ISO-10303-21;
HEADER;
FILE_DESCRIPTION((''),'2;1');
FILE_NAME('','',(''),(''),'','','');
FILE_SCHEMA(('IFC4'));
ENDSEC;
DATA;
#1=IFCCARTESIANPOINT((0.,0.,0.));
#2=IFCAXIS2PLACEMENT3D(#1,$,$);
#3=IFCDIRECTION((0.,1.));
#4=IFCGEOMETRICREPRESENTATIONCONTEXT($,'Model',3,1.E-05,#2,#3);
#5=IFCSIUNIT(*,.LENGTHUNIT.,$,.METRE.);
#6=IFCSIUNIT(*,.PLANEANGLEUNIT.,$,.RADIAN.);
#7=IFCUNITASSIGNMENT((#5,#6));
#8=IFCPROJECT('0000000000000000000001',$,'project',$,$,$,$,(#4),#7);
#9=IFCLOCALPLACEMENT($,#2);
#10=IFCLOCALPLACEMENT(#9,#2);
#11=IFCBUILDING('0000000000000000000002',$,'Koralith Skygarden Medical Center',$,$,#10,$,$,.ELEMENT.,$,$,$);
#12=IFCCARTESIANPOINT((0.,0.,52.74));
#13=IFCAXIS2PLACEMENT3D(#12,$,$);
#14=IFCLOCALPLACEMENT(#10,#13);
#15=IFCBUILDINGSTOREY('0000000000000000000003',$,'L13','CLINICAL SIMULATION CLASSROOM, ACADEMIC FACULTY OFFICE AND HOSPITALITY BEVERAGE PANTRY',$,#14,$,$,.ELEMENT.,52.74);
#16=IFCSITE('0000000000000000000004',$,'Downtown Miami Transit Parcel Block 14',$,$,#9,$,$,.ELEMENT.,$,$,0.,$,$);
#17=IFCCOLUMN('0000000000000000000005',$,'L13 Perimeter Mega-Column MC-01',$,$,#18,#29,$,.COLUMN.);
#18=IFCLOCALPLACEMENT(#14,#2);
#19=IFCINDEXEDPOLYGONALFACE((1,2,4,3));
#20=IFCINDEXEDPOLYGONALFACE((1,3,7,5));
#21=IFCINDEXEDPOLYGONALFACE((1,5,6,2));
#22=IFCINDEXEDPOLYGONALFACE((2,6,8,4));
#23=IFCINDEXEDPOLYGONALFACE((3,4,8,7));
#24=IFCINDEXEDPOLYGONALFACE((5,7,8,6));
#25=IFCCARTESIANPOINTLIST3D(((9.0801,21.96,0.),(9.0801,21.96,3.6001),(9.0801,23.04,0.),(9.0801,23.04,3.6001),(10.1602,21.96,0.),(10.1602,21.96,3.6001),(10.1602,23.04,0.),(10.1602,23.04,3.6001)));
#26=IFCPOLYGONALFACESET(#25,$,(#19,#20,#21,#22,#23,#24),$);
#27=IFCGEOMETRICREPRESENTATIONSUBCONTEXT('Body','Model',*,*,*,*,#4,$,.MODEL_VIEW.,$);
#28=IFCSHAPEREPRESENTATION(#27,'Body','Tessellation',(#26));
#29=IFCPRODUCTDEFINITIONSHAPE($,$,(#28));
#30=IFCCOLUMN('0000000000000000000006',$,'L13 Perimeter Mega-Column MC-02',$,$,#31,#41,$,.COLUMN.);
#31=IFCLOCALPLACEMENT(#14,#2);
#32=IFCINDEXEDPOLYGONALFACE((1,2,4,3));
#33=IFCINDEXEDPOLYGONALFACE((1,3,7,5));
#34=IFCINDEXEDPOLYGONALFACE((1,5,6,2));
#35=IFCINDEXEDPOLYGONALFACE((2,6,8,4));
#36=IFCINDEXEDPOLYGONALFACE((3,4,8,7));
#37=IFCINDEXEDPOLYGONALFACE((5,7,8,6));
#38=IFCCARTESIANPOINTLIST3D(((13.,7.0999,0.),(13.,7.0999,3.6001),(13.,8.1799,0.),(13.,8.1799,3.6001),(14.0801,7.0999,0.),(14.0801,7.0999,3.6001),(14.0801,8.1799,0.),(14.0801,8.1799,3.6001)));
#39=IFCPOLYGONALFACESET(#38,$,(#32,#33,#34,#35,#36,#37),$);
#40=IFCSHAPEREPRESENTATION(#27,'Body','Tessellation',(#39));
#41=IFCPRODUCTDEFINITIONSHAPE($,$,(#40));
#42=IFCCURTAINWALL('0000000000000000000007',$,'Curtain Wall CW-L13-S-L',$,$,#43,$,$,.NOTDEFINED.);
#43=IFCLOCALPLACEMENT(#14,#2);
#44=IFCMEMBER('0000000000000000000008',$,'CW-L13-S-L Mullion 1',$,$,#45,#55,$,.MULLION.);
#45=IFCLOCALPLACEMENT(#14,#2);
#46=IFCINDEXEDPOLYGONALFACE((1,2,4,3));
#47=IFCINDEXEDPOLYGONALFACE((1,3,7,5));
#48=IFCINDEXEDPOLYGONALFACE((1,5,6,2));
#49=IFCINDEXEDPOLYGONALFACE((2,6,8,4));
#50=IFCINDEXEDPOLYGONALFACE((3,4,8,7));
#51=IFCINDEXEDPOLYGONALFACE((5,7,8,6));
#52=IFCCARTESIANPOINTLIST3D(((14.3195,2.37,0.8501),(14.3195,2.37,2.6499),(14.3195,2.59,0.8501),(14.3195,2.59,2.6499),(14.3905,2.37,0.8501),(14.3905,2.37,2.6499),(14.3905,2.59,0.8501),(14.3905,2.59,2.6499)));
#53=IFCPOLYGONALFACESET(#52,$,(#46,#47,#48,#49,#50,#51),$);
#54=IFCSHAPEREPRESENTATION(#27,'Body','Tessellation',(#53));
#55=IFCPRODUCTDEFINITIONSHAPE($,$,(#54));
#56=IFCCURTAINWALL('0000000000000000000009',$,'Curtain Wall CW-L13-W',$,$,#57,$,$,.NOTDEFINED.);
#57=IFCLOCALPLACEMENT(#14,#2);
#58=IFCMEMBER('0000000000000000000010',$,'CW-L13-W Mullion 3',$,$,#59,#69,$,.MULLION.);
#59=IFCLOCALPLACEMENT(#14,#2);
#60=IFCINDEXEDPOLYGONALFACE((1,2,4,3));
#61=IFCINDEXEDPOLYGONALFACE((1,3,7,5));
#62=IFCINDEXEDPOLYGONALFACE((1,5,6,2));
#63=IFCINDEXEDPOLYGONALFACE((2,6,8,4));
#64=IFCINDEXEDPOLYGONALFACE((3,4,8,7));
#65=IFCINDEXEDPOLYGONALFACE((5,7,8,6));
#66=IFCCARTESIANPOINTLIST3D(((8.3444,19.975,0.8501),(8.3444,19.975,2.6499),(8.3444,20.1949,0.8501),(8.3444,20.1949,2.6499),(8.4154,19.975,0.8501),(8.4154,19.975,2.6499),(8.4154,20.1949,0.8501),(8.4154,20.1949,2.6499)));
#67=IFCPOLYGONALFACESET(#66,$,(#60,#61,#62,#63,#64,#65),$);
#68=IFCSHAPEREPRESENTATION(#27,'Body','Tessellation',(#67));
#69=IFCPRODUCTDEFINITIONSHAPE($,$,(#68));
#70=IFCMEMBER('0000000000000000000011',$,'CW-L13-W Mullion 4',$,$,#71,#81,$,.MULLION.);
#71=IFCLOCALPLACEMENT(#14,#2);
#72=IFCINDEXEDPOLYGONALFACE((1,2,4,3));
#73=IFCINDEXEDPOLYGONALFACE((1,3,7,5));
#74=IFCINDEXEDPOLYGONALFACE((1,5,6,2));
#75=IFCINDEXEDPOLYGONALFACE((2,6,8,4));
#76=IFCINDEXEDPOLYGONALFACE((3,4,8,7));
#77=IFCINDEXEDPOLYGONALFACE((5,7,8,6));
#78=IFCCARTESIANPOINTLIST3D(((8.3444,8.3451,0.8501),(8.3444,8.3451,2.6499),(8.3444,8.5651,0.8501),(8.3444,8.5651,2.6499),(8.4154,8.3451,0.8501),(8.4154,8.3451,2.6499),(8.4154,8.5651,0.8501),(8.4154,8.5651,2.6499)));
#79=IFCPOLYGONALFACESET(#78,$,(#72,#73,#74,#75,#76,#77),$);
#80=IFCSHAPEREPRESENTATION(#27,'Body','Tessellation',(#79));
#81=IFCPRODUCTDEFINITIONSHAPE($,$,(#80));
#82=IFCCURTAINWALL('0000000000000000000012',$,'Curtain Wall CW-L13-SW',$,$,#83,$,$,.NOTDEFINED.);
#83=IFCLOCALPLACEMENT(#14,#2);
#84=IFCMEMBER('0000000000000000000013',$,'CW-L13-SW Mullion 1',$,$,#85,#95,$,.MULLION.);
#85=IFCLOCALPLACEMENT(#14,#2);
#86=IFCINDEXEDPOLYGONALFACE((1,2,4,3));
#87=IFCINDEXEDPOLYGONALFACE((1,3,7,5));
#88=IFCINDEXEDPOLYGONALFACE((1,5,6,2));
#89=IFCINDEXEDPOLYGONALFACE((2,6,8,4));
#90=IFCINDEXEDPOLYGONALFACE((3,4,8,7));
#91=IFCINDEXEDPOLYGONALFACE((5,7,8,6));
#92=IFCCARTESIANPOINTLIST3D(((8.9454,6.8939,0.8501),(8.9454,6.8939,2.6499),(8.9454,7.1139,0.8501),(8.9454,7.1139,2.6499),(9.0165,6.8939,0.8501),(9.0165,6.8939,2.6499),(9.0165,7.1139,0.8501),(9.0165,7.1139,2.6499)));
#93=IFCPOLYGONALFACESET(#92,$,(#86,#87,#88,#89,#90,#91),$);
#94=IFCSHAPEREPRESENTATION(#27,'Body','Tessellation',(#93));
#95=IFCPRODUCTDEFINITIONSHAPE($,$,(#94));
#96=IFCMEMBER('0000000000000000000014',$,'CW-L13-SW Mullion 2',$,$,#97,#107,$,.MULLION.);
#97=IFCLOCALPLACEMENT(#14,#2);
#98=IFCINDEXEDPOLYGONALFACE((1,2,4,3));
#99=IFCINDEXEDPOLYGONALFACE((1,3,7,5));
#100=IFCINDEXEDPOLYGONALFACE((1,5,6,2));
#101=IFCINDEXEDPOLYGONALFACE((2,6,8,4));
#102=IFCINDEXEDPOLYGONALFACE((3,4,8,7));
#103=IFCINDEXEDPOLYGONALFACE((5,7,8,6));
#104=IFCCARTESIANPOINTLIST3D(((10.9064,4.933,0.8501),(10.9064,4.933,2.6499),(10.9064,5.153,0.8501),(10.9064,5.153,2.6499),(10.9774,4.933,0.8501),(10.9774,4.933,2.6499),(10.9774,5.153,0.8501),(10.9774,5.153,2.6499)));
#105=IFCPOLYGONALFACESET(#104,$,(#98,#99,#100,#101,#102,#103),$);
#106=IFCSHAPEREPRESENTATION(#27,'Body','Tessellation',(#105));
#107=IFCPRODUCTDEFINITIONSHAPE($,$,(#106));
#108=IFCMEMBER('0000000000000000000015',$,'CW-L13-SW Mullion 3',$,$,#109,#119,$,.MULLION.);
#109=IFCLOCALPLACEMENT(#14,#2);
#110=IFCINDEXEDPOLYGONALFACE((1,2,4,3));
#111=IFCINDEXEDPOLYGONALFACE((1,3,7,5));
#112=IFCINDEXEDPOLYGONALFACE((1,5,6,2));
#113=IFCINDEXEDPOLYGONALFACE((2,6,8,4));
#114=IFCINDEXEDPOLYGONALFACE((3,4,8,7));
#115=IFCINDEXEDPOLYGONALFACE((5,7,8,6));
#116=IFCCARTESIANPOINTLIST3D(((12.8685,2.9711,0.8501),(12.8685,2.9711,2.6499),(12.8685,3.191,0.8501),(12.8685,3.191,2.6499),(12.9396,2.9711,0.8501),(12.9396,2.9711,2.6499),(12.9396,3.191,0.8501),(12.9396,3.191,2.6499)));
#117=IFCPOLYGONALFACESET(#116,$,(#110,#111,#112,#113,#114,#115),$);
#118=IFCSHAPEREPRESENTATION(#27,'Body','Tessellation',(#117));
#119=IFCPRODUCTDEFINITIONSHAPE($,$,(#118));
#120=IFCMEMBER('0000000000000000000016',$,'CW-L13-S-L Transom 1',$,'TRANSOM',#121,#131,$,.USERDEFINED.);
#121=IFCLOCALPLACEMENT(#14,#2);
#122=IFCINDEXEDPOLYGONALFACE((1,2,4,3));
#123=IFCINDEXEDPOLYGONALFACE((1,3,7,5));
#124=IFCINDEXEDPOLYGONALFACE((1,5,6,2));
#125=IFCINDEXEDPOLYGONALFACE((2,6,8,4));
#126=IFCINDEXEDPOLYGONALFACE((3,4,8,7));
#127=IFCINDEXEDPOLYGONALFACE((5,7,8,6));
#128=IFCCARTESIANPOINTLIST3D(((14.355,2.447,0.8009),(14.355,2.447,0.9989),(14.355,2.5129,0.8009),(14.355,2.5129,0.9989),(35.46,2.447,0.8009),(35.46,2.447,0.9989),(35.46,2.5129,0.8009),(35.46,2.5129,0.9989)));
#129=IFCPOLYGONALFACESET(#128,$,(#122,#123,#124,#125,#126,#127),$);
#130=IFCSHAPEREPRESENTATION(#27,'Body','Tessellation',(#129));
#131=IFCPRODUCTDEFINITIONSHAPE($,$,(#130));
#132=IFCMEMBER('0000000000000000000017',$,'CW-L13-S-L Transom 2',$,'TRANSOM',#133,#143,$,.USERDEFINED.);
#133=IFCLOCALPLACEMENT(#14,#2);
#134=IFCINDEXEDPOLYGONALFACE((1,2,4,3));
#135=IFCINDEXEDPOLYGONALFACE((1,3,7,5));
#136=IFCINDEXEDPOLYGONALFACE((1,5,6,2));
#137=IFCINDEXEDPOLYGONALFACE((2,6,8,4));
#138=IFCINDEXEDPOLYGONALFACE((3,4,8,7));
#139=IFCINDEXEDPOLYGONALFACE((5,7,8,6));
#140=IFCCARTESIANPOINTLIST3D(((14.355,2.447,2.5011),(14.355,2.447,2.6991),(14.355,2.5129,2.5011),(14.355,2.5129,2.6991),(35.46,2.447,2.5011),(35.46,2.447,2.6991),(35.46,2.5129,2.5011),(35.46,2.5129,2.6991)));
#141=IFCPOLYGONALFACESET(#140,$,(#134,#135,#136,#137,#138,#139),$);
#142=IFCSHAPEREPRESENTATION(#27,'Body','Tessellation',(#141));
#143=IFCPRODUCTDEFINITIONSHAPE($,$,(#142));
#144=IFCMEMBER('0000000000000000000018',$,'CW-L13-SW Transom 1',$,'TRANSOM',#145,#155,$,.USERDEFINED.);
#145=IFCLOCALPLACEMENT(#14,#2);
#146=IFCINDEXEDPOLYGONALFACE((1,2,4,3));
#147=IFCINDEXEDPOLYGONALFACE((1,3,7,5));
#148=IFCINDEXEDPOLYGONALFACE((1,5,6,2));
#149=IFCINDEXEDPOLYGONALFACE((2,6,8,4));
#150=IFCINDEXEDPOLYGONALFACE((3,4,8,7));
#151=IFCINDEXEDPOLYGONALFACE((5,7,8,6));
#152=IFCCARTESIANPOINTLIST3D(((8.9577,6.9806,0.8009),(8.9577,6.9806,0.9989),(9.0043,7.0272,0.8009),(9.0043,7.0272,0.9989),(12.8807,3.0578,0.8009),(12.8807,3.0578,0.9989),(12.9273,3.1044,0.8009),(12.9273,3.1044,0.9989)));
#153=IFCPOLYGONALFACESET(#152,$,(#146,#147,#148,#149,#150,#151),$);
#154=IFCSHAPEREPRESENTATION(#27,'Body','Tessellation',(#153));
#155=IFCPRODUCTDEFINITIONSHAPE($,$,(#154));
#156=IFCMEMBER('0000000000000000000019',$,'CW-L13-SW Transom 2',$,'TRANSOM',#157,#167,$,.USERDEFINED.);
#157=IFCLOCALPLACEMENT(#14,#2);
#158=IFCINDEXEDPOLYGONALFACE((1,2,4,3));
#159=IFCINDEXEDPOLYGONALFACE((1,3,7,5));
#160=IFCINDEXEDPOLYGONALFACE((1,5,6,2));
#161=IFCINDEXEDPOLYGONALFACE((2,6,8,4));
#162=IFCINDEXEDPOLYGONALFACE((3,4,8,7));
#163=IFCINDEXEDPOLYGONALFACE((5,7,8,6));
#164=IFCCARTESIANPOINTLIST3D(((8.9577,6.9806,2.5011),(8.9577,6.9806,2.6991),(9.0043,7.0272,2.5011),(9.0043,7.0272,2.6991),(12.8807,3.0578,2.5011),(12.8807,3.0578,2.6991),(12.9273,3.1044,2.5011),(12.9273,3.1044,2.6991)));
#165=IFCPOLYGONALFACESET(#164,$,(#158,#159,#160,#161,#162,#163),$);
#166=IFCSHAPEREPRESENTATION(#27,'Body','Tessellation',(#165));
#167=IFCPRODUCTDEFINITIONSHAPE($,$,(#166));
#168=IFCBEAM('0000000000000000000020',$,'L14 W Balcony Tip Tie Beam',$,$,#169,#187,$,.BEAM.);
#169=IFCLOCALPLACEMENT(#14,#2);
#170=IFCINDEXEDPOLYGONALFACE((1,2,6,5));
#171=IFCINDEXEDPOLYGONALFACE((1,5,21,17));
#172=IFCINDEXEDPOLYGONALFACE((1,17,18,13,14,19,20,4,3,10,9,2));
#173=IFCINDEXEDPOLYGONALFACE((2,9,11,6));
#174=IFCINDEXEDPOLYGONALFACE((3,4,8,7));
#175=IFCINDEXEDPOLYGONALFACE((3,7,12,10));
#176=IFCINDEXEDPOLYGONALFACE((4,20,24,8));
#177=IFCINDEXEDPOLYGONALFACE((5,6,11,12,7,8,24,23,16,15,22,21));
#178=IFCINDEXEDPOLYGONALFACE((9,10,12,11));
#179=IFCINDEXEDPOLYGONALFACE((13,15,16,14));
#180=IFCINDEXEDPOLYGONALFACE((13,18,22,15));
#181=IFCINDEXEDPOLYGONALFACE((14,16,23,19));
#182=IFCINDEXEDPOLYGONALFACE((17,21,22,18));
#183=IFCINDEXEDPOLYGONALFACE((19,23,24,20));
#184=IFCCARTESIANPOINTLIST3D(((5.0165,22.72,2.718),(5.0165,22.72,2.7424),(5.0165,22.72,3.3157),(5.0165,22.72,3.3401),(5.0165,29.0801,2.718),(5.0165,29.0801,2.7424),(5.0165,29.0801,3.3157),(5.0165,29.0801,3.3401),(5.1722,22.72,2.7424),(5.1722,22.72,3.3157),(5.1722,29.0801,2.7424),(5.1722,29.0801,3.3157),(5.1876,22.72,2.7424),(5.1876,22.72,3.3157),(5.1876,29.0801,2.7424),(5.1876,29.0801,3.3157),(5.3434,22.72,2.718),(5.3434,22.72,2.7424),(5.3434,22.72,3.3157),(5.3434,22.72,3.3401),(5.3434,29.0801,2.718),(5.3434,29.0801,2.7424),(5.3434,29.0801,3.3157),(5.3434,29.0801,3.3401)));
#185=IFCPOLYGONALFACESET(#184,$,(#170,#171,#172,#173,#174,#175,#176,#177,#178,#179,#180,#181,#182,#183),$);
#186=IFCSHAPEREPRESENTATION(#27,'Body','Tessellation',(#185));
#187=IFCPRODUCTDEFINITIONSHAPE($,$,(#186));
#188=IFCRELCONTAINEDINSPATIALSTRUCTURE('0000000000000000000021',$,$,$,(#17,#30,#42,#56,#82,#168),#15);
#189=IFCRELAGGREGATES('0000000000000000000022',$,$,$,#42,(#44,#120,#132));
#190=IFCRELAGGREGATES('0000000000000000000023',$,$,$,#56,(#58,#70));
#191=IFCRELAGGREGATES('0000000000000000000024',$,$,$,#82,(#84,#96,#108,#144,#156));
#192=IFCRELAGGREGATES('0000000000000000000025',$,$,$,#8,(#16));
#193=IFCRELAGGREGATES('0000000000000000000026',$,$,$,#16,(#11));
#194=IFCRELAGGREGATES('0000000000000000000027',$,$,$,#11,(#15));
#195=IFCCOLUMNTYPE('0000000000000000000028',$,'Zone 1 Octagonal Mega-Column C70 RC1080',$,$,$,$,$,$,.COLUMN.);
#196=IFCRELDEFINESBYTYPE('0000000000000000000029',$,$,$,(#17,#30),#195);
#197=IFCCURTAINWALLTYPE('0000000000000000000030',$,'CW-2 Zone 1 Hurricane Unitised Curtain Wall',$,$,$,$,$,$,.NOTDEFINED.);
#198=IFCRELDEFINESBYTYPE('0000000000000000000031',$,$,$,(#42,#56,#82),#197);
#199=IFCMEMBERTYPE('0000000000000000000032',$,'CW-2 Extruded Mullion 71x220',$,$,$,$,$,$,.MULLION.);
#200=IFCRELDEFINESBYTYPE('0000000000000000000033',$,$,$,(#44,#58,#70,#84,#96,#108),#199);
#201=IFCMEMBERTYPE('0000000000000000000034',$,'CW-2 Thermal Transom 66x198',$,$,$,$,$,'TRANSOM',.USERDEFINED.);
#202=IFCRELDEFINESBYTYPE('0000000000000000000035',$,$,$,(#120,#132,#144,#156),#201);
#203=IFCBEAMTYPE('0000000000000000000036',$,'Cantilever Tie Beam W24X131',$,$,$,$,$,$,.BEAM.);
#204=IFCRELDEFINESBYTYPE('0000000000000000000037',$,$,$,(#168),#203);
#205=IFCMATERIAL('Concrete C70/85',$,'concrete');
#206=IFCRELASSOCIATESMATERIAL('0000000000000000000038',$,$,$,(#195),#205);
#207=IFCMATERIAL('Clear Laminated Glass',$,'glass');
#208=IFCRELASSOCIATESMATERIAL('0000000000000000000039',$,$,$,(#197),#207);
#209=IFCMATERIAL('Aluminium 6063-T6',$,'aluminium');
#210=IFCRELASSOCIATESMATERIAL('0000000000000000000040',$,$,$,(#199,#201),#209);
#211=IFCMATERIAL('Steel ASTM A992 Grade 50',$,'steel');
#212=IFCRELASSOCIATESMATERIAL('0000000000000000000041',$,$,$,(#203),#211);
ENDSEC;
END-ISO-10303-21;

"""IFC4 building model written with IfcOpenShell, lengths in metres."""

from ifc_helpers import new_model, si_unit, direction, frame, origin, origin_2d, place, context, subcontext, project, spatial, rectangle, i_section, extrude, material, material_profile, profile_set, type_object, element, aggregate, save


model = new_model("IFC4")

# Units and contexts
model_context = context("Model", 3, precision=1e-05, world=origin(), true_north=direction((0.0, 1.0)))
body_context = subcontext(model_context, "Body", "Model", "MODEL_VIEW")
ifc_project = project(units=[si_unit("LENGTHUNIT", "METRE"), si_unit("PLANEANGLEUNIT", "RADIAN")], contexts=[model_context])

# Site, building, storey
site_placement = place(None, origin())
site = spatial("IfcSite", under=ifc_project, at=site_placement, Name="Downtown Miami Transit Parcel Block 14", CompositionType="ELEMENT", RefElevation=0.0)
building_placement = place(site_placement, origin())
building = spatial("IfcBuilding", under=site, at=building_placement, Name="Koralith Skygarden Medical Center", CompositionType="ELEMENT")
storey_placement = place(building_placement, frame((0.0, 0.0, 52.74)))
storey = spatial("IfcBuildingStorey", under=building, at=storey_placement, Name="L13", Description="CLINICAL SIMULATION CLASSROOM, ACADEMIC FACULTY OFFICE AND HOSPITALITY BEVERAGE PANTRY", CompositionType="ELEMENT", Elevation=52.74)

# Columns
ifc_material_1 = material(Name="Concrete C70/85", Category="concrete")
ifc_material_profile_1 = material_profile(ifc_material_1, rectangle(XDim=1.0801, YDim=1.0801, at=origin_2d()), Name="RC1080X1080")
ifc_profile_set_1 = profile_set([ifc_material_profile_1], Name="Concrete C70/85")
column_type = type_object("IfcColumnType", Name="Zone 1 Octagonal Mega-Column C70 RC1080", PredefinedType="COLUMN", material=ifc_profile_set_1)
for number, where, z_axis, x_axis, name in (
    (1, (9.6201, 22.5, 0.0), (0.0, 0.0, 1.0), (1.0, 0.0, 0.0), "L13 Perimeter Mega-Column MC-01"),
    (2, (13.54, 7.6399, 0.0), (0.0, 0.0, 1.0), (1.0, 0.0, 0.0), "L13 Perimeter Mega-Column MC-02"),
):
    element("IfcColumn", number, at=place(storey_placement, frame(where, z_axis=z_axis, x_axis=x_axis)), inside=storey, type_object=column_type, Name=name, PredefinedType="COLUMN", context=body_context, shape_type="SweptSolid", body=[
        extrude(rectangle(XDim=1.0801, YDim=1.0801, at=origin_2d()), origin(), (0.0, 0.0, 1.0), 3.6001),
    ])

# Curtain wall, member
ifc_material_2 = material(Name="Clear Laminated Glass", Category="glass")
curtain_wall_type = type_object("IfcCurtainWallType", Name="CW-2 Zone 1 Hurricane Unitised Curtain Wall", PredefinedType="NOTDEFINED", material=ifc_material_2)
curtain_wall_1_placement = place(storey_placement, origin())
curtain_wall_1 = element("IfcCurtainWall", 3, at=curtain_wall_1_placement, inside=storey, type_object=curtain_wall_type, Name="Curtain Wall CW-L13-S-L", PredefinedType="NOTDEFINED")
ifc_material_3 = material(Name="Aluminium 6063-T6", Category="aluminium")
ifc_material_profile_2 = material_profile(ifc_material_3, rectangle(XDim=0.071, YDim=0.22, at=origin_2d()), Name="MUL71X220")
ifc_profile_set_2 = profile_set([ifc_material_profile_2], Name="Aluminium 6063-T6")
member_type_1 = type_object("IfcMemberType", Name="CW-2 Extruded Mullion 71x220", PredefinedType="MULLION", material=ifc_profile_set_2)
member_1_placement = place(storey_placement, frame((14.355, 2.48, 0.8501), z_axis=(0.0, 0.0, 1.0), x_axis=(1.0, 0.0, 0.0)))
member_1 = element("IfcMember", 4, at=member_1_placement, type_object=member_type_1, Name="CW-L13-S-L Mullion 1", PredefinedType="MULLION", context=body_context, shape_type="SweptSolid", body=[
    extrude(rectangle(XDim=0.071, YDim=0.22, at=origin_2d()), origin(), (0.0, 0.0, 1.0), 1.7998),
])

# Curtain walls, members
curtain_wall_2_placement = place(storey_placement, origin())
curtain_wall_2 = element("IfcCurtainWall", 5, at=curtain_wall_2_placement, inside=storey, type_object=curtain_wall_type, Name="Curtain Wall CW-L13-W", PredefinedType="NOTDEFINED")
member_2_placement = place(storey_placement, frame((8.3799, 20.085, 0.8501), z_axis=(0.0, 0.0, 1.0), x_axis=(1.0, 0.0, 0.0)))
member_2 = element("IfcMember", 6, at=member_2_placement, type_object=member_type_1, Name="CW-L13-W Mullion 3", PredefinedType="MULLION", context=body_context, shape_type="SweptSolid", body=[
    extrude(rectangle(XDim=0.071, YDim=0.22, at=origin_2d()), origin(), (0.0, 0.0, 1.0), 1.7998),
])
member_3_placement = place(storey_placement, frame((8.3799, 8.4551, 0.8501), z_axis=(0.0, 0.0, 1.0), x_axis=(1.0, 0.0, 0.0)))
member_3 = element("IfcMember", 7, at=member_3_placement, type_object=member_type_1, Name="CW-L13-W Mullion 4", PredefinedType="MULLION", context=body_context, shape_type="SweptSolid", body=[
    extrude(rectangle(XDim=0.071, YDim=0.22, at=origin_2d()), origin(), (0.0, 0.0, 1.0), 1.7998),
])
curtain_wall_3_placement = place(storey_placement, origin())
curtain_wall_3 = element("IfcCurtainWall", 8, at=curtain_wall_3_placement, inside=storey, type_object=curtain_wall_type, Name="Curtain Wall CW-L13-SW", PredefinedType="NOTDEFINED")
member_4_placement = place(storey_placement, frame((8.981, 7.0039, 0.8501), z_axis=(0.0, 0.0, 1.0), x_axis=(1.0, 0.0, 0.0)))
member_4 = element("IfcMember", 9, at=member_4_placement, type_object=member_type_1, Name="CW-L13-SW Mullion 1", PredefinedType="MULLION", context=body_context, shape_type="SweptSolid", body=[
    extrude(rectangle(XDim=0.071, YDim=0.22, at=origin_2d()), origin(), (0.0, 0.0, 1.0), 1.7998),
])
member_5_placement = place(storey_placement, frame((10.9419, 5.043, 0.8501), z_axis=(0.0, 0.0, 1.0), x_axis=(1.0, 0.0, 0.0)))
member_5 = element("IfcMember", 10, at=member_5_placement, type_object=member_type_1, Name="CW-L13-SW Mullion 2", PredefinedType="MULLION", context=body_context, shape_type="SweptSolid", body=[
    extrude(rectangle(XDim=0.071, YDim=0.22, at=origin_2d()), origin(), (0.0, 0.0, 1.0), 1.7998),
])
member_6_placement = place(storey_placement, frame((12.9041, 3.0811, 0.8501), z_axis=(0.0, 0.0, 1.0), x_axis=(1.0, 0.0, 0.0)))
member_6 = element("IfcMember", 11, at=member_6_placement, type_object=member_type_1, Name="CW-L13-SW Mullion 3", PredefinedType="MULLION", context=body_context, shape_type="SweptSolid", body=[
    extrude(rectangle(XDim=0.071, YDim=0.22, at=origin_2d()), origin(), (0.0, 0.0, 1.0), 1.7998),
])

# Members
ifc_material_profile_3 = material_profile(ifc_material_3, rectangle(XDim=0.0659, YDim=0.198, at=origin_2d()), Name="TRN66X198")
ifc_profile_set_3 = profile_set([ifc_material_profile_3], Name="Aluminium 6063-T6")
member_type_2 = type_object("IfcMemberType", Name="CW-2 Thermal Transom 66x198", ElementType="TRANSOM", PredefinedType="USERDEFINED", material=ifc_profile_set_3)
member_7_placement = place(storey_placement, frame((14.355, 2.48, 0.8999), z_axis=(1.0, 0.0, 0.0), x_axis=(0.0, 1.0, 0.0)))
member_7 = element("IfcMember", 12, at=member_7_placement, type_object=member_type_2, Name="CW-L13-S-L Transom 1", ObjectType="TRANSOM", PredefinedType="USERDEFINED", context=body_context, shape_type="SweptSolid", body=[
    extrude(rectangle(XDim=0.0659, YDim=0.198, at=origin_2d()), origin(), (0.0, 0.0, 1.0), 21.105),
])
member_8_placement = place(storey_placement, frame((14.355, 2.48, 2.6001), z_axis=(1.0, 0.0, 0.0), x_axis=(0.0, 1.0, 0.0)))
member_8 = element("IfcMember", 13, at=member_8_placement, type_object=member_type_2, Name="CW-L13-S-L Transom 2", ObjectType="TRANSOM", PredefinedType="USERDEFINED", context=body_context, shape_type="SweptSolid", body=[
    extrude(rectangle(XDim=0.0659, YDim=0.198, at=origin_2d()), origin(), (0.0, 0.0, 1.0), 21.105),
])
aggregate(curtain_wall_1, [member_1, member_7, member_8])
member_9_placement = place(storey_placement, frame((8.981, 7.0039, 0.8999), z_axis=(0.707129, -0.707085, 0.0), x_axis=(0.707085, 0.707129, 0.0)))
member_9 = element("IfcMember", 14, at=member_9_placement, type_object=member_type_2, Name="CW-L13-SW Transom 1", ObjectType="TRANSOM", PredefinedType="USERDEFINED", context=body_context, shape_type="SweptSolid", body=[
    extrude(rectangle(XDim=0.0659, YDim=0.198, at=origin_2d()), origin(), (0.0, 0.0, 1.0), 5.5479),
])
member_10_placement = place(storey_placement, frame((8.981, 7.0039, 2.6001), z_axis=(0.707129, -0.707085, 0.0), x_axis=(0.707085, 0.707129, 0.0)))
member_10 = element("IfcMember", 15, at=member_10_placement, type_object=member_type_2, Name="CW-L13-SW Transom 2", ObjectType="TRANSOM", PredefinedType="USERDEFINED", context=body_context, shape_type="SweptSolid", body=[
    extrude(rectangle(XDim=0.0659, YDim=0.198, at=origin_2d()), origin(), (0.0, 0.0, 1.0), 5.5479),
])

# Beam
ifc_material_4 = material(Name="Steel ASTM A992 Grade 50", Category="steel")
ifc_material_profile_4 = material_profile(ifc_material_4, i_section(OverallWidth=0.3269, OverallDepth=0.6221, WebThickness=0.0154, FlangeThickness=0.0244, at=origin_2d()), Name="W24X131")
ifc_profile_set_4 = profile_set([ifc_material_profile_4], Name="Steel ASTM A992 Grade 50")
beam_type_1 = type_object("IfcBeamType", Name="Cantilever Tie Beam W24X131", PredefinedType="BEAM", material=ifc_profile_set_4)
beam_1_placement = place(storey_placement, frame((5.1799, 22.72, 3.0291), z_axis=(0.0, 1.0, 0.0), x_axis=(-1.0, 0.0, 0.0)))
element("IfcBeam", 16, at=beam_1_placement, inside=storey, type_object=beam_type_1, Name="L14 W Balcony Tip Tie Beam", PredefinedType="BEAM", context=body_context, shape_type="SweptSolid", body=[
    extrude(i_section(OverallWidth=0.3269, OverallDepth=0.6221, WebThickness=0.0154, FlangeThickness=0.0244, at=origin_2d()), origin(), (0.0, 0.0, 1.0), 6.3601),
])

aggregate(curtain_wall_2, [member_2, member_3])
aggregate(curtain_wall_3, [member_4, member_5, member_6, member_9, member_10])

save(model, "model.ifc")
